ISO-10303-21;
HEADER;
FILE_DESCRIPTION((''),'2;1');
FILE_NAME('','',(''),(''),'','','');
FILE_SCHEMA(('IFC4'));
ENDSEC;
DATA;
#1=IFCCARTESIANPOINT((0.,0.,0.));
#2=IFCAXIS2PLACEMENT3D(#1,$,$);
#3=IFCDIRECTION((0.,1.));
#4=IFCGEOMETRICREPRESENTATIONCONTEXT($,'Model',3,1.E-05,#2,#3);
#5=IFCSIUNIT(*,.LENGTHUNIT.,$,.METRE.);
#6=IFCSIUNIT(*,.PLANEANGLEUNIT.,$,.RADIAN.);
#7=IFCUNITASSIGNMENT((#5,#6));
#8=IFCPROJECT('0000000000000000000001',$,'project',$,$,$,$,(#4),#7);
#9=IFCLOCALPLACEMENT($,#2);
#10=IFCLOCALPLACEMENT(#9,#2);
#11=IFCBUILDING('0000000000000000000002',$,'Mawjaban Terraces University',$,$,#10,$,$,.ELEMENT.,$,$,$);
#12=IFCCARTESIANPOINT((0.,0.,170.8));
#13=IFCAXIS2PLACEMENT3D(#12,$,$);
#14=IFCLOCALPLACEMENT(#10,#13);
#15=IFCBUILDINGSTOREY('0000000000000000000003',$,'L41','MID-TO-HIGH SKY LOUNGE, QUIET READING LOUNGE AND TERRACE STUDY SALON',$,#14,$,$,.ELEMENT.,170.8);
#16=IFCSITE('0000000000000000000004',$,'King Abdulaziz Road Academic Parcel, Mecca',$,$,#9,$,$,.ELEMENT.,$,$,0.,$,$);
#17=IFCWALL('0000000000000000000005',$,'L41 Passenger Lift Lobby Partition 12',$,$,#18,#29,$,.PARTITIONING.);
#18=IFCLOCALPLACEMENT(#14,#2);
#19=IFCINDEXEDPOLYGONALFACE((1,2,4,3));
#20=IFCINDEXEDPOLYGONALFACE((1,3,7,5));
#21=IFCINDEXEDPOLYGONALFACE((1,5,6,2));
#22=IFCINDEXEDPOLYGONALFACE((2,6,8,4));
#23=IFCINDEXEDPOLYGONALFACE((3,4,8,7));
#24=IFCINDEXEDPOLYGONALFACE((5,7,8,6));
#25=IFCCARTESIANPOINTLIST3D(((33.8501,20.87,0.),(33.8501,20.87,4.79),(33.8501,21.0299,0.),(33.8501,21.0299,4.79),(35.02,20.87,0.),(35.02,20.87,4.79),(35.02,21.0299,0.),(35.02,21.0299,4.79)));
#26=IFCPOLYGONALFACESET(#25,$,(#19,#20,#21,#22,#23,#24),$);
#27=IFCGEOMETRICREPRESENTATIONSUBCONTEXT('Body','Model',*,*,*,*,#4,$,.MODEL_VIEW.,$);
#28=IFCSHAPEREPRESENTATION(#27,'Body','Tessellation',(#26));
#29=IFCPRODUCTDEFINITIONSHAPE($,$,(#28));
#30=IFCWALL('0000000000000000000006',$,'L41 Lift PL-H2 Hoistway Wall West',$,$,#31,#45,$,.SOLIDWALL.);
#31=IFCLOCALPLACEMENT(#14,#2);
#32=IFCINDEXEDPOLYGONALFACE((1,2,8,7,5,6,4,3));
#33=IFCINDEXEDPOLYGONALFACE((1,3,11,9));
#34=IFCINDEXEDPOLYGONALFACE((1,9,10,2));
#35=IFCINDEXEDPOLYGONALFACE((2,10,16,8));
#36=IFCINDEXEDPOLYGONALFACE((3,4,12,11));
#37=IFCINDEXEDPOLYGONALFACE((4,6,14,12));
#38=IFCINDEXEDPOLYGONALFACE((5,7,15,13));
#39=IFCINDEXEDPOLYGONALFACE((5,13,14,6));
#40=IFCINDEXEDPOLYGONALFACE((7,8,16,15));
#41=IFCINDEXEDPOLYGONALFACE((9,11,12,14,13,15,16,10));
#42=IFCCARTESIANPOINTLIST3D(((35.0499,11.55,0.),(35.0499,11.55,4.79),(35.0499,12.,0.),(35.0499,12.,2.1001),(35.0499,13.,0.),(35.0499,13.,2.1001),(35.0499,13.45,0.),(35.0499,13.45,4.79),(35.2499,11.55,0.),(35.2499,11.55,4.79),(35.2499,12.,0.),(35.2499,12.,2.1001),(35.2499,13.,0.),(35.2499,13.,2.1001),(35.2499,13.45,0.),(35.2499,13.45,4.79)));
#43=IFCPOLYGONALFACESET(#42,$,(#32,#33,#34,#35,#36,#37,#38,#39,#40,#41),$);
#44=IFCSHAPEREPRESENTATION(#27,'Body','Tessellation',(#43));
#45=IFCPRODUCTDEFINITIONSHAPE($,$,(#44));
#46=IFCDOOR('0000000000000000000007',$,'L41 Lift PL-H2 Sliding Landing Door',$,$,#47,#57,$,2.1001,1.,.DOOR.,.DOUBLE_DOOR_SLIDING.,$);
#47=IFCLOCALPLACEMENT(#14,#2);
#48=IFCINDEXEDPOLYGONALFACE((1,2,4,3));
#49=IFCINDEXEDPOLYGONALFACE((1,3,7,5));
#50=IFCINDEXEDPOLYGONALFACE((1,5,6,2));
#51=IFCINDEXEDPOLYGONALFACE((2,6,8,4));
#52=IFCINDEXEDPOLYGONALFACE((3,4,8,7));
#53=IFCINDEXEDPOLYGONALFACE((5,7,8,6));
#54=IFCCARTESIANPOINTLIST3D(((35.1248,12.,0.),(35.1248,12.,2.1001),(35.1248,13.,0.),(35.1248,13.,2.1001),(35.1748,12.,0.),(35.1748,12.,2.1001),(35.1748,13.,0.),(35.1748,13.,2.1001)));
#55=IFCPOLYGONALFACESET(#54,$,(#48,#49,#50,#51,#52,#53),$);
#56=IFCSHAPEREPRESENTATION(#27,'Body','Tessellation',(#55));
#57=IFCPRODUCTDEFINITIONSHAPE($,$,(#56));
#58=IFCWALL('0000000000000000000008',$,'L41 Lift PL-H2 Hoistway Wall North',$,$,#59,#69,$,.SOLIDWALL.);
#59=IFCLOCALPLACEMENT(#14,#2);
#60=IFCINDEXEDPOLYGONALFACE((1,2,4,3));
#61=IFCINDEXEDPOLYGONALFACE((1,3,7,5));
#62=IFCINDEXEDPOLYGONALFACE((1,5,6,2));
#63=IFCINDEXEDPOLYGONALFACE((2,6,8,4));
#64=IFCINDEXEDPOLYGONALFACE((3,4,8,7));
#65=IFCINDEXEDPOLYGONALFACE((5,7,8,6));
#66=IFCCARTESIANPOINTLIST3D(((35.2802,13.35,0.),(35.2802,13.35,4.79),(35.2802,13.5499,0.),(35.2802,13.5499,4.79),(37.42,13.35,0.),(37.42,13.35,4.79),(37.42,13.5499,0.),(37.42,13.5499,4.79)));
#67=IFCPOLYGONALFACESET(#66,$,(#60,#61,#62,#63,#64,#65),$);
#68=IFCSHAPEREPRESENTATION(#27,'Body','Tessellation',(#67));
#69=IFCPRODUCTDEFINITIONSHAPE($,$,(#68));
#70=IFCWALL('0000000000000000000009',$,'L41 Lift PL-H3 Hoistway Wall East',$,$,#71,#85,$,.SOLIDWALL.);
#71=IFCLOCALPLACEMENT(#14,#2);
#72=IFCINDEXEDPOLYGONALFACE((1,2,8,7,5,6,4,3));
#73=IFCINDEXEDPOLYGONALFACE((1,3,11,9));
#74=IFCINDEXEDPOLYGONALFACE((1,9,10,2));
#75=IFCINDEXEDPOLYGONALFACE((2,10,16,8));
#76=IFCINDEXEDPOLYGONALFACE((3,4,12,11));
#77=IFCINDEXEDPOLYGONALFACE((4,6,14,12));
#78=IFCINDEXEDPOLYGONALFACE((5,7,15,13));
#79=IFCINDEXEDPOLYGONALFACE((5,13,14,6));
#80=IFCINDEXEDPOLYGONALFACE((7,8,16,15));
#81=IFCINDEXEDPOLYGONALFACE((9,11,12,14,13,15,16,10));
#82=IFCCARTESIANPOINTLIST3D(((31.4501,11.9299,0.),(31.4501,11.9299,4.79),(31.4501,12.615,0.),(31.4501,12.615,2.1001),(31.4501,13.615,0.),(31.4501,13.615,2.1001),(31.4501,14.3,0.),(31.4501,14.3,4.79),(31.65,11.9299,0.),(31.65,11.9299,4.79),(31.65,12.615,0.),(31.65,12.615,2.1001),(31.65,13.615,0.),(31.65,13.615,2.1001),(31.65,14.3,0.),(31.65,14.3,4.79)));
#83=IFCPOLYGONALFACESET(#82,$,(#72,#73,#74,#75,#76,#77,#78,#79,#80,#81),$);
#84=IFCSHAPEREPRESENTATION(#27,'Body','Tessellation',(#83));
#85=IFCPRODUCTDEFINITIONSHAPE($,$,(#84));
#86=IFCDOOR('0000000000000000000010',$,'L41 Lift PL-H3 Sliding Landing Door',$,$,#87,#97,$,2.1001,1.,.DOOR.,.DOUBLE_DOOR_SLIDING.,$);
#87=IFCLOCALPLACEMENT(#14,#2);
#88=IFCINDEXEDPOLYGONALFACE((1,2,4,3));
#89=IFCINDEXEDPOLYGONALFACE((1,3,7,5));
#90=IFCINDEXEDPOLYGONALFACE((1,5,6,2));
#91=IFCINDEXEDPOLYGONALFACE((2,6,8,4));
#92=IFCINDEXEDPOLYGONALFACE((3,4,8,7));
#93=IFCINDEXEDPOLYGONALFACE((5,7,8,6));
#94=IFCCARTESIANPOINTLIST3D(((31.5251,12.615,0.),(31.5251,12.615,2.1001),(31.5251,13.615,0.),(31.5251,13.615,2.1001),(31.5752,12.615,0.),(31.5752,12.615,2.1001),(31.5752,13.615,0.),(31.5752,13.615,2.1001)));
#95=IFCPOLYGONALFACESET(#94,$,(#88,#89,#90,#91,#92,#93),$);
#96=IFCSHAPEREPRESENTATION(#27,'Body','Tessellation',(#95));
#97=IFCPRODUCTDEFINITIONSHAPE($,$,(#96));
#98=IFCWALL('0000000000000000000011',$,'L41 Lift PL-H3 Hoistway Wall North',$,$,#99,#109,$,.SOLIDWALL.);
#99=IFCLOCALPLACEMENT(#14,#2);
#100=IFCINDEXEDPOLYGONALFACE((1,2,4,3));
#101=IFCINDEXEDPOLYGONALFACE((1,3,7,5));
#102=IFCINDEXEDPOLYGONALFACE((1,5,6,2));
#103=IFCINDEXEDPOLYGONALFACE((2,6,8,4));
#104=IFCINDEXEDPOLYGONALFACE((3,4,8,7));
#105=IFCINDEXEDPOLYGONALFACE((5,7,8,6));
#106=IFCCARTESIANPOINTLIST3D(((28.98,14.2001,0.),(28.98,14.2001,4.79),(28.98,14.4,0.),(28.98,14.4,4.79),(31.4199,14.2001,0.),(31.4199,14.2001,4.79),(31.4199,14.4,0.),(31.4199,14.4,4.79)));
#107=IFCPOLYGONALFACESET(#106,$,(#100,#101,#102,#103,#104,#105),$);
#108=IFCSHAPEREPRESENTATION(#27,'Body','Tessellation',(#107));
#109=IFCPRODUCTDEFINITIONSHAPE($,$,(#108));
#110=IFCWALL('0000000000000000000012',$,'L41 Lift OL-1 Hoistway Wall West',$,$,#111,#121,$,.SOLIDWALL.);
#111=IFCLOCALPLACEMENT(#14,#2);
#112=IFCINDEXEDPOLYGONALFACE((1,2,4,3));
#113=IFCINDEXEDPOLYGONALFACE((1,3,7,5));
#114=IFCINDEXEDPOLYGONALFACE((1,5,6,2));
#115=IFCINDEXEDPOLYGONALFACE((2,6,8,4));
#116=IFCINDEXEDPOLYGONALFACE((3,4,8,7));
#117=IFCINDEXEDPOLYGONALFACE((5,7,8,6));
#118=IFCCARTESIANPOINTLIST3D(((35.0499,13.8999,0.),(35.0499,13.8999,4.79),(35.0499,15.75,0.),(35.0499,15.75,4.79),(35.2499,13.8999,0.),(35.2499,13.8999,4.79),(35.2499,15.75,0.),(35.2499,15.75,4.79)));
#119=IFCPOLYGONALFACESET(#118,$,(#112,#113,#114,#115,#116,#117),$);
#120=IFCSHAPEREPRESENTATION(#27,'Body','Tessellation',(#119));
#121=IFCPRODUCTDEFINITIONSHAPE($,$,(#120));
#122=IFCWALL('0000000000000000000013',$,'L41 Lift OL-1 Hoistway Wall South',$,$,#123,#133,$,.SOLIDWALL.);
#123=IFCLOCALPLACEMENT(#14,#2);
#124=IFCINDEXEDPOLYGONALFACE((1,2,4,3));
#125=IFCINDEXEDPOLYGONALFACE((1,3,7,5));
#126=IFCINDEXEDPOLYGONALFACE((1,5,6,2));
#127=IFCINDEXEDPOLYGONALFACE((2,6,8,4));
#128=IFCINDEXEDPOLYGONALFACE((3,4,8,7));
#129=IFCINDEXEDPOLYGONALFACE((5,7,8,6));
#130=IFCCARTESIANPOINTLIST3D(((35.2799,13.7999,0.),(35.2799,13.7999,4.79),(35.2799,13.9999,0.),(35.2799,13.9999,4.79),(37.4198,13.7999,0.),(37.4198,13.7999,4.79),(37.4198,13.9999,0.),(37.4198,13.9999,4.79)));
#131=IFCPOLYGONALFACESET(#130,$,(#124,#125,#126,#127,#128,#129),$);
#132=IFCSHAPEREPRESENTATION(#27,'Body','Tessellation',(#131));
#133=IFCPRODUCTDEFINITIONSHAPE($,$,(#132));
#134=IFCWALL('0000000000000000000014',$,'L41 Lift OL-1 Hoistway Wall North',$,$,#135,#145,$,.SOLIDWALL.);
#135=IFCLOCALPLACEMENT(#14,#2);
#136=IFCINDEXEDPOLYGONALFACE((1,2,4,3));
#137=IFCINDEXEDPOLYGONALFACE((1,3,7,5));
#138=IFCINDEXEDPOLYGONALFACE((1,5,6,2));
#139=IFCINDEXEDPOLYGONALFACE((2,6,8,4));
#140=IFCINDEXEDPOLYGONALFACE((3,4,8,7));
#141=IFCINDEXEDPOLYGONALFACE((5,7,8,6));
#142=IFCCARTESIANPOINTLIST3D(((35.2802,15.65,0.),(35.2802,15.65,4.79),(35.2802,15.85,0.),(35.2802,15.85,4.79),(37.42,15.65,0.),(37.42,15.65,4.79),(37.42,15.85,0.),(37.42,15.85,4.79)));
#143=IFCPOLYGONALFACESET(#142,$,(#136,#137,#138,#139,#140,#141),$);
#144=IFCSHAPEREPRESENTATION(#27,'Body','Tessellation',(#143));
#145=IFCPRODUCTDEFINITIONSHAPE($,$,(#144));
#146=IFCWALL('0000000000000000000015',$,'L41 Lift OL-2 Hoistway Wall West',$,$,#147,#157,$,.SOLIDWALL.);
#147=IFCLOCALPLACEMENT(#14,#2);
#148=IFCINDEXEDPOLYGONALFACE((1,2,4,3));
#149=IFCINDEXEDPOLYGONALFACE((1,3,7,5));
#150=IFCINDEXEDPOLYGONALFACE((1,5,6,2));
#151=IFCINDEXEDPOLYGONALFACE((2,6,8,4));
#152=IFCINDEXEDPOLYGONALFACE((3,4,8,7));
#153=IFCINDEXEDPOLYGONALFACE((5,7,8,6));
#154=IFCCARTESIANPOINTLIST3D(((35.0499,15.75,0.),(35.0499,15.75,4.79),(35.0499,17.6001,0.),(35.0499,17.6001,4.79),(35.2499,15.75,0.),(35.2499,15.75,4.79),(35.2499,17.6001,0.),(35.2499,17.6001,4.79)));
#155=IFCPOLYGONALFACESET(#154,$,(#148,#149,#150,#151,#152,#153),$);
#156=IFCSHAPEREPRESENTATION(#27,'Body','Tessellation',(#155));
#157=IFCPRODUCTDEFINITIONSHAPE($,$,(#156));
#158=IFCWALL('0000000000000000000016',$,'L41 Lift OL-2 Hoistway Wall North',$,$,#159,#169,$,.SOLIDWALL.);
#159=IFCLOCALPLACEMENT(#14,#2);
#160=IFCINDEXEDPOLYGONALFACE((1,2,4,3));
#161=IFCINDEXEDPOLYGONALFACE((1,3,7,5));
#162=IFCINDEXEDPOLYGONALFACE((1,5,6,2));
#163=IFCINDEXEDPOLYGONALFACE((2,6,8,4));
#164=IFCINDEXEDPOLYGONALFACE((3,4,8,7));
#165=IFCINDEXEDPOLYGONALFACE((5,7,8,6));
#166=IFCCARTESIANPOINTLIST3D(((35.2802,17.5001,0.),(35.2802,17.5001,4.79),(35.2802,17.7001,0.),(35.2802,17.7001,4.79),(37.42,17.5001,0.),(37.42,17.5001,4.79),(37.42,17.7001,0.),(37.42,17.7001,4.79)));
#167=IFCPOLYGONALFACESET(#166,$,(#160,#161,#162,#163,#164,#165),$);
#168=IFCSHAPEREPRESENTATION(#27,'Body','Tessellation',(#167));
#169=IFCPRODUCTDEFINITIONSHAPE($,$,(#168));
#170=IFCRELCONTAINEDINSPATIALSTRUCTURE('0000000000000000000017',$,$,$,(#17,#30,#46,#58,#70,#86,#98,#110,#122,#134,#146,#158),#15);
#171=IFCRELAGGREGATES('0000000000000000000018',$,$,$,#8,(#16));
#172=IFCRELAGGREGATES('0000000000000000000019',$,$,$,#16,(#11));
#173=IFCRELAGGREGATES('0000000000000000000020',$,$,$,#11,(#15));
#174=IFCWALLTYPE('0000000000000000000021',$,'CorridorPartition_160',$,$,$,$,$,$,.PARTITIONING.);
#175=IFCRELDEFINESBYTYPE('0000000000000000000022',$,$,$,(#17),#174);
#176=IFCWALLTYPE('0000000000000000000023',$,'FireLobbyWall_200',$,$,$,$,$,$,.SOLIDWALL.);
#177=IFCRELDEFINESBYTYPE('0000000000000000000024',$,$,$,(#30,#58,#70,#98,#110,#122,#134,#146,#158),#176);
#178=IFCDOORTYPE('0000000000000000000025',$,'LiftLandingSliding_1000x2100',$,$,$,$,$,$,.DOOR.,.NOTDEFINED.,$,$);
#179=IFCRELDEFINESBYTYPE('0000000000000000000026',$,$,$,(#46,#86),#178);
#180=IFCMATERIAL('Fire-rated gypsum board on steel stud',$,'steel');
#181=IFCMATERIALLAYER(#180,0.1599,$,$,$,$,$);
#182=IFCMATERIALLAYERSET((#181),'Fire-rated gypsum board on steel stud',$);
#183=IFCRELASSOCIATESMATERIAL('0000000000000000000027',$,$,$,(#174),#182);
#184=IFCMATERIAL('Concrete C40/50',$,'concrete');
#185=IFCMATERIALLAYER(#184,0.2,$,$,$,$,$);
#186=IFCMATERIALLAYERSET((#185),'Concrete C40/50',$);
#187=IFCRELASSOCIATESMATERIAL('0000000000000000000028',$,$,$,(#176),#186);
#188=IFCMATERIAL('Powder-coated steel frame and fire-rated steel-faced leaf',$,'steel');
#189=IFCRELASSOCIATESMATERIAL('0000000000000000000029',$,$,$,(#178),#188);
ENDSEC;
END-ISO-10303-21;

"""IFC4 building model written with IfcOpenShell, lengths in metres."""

from ifc_helpers import new_model, si_unit, direction, frame, frame_2d, origin, place, context, subcontext, project, spatial, rectangle, extrude, material, layer, layer_set, type_object, element, fill, save


model = new_model("IFC4")

# Units and contexts
model_context = context("Model", 3, precision=1e-05, world=origin(), true_north=direction((0.0, 1.0)))
body_context = subcontext(model_context, "Body", "Model", "MODEL_VIEW")
ifc_project = project(units=[si_unit("LENGTHUNIT", "METRE"), si_unit("PLANEANGLEUNIT", "RADIAN")], contexts=[model_context])

# Site, building, storey
site_placement = place(None, origin())
site = spatial("IfcSite", under=ifc_project, at=site_placement, Name="King Abdulaziz Road Academic Parcel, Mecca", CompositionType="ELEMENT", RefElevation=0.0)
building_placement = place(site_placement, origin())
building = spatial("IfcBuilding", under=site, at=building_placement, Name="Mawjaban Terraces University", CompositionType="ELEMENT")
storey_placement = place(building_placement, frame((0.0, 0.0, 170.8)))
storey = spatial("IfcBuildingStorey", under=building, at=storey_placement, Name="L41", Description="MID-TO-HIGH SKY LOUNGE, QUIET READING LOUNGE AND TERRACE STUDY SALON", CompositionType="ELEMENT", Elevation=170.8)

# Wall
ifc_material_1 = material(Name="Fire-rated gypsum board on steel stud", Category="steel")
ifc_layer_1 = layer(ifc_material_1, 0.1599)
ifc_layer_set_1 = layer_set([ifc_layer_1], Name="Fire-rated gypsum board on steel stud")
wall_type_1 = type_object("IfcWallType", Name="CorridorPartition_160", PredefinedType="PARTITIONING", material=ifc_layer_set_1)
wall_1_placement = place(storey_placement, frame((35.02, 20.95, 0.0), z_axis=(0.0, 0.0, 1.0), x_axis=(-1.0, 0.0, 0.0)))
element("IfcWall", 1, at=wall_1_placement, inside=storey, type_object=wall_type_1, Name="L41 Passenger Lift Lobby Partition 12", PredefinedType="PARTITIONING", context=body_context, shape_type="SweptSolid", body=[
    extrude(rectangle(XDim=1.1699, YDim=0.1599, at=frame_2d((0.585, 0.0))), origin(), (0.0, 0.0, 1.0), 4.79),
])

# Wall, opening, door
ifc_material_2 = material(Name="Concrete C40/50", Category="concrete")
ifc_layer_2 = layer(ifc_material_2, 0.2)
ifc_layer_set_2 = layer_set([ifc_layer_2], Name="Concrete C40/50")
wall_type_2 = type_object("IfcWallType", Name="FireLobbyWall_200", PredefinedType="SOLIDWALL", material=ifc_layer_set_2)
wall_2_placement = place(storey_placement, frame((35.1499, 13.45, 0.0), z_axis=(0.0, 0.0, 1.0), x_axis=(0.0, -1.0, 0.0)))
wall_2 = element("IfcWall", 2, at=wall_2_placement, inside=storey, type_object=wall_type_2, Name="L41 Lift PL-H2 Hoistway Wall West", PredefinedType="SOLIDWALL", context=body_context, shape_type="SweptSolid", body=[
    extrude(rectangle(XDim=1.8999, YDim=0.2, at=frame_2d((0.95, 0.0))), origin(), (0.0, 0.0, 1.0), 4.79),
])
opening_1_placement = place(wall_2_placement, frame((0.45, 0.0, 0.0)))
opening_1 = element("IfcOpeningElement", 3, at=opening_1_placement, cuts=wall_2, PredefinedType="OPENING", context=body_context, shape_type="SweptSolid", body=[
    extrude(rectangle(XDim=1.0, YDim=2.1001, at=frame_2d((0.5, 1.05))), frame((0.0, 0.1099, 0.0), z_axis=(0.0, -1.0, 0.0), x_axis=(1.0, 0.0, 0.0)), (0.0, 0.0, 1.0), 0.22),
])
ifc_material_3 = material(Name="Powder-coated steel frame and fire-rated steel-faced leaf", Category="steel")
door_type_1 = type_object("IfcDoorType", Name="LiftLandingSliding_1000x2100", OperationType="NOTDEFINED", PredefinedType="DOOR", material=ifc_material_3)
door_1_placement = place(opening_1_placement, origin())
door_1 = element("IfcDoor", 4, at=door_1_placement, inside=storey, type_object=door_type_1, Name="L41 Lift PL-H2 Sliding Landing Door", OperationType="DOUBLE_DOOR_SLIDING", OverallHeight=2.1001, OverallWidth=1.0, PredefinedType="DOOR", context=body_context, shape_type="SweptSolid", body=[
    extrude(rectangle(XDim=1.0, YDim=2.1001, at=frame_2d((0.5, 1.05))), frame((0.0, 0.0249, 0.0), z_axis=(0.0, -1.0, 0.0), x_axis=(1.0, 0.0, 0.0)), (0.0, 0.0, 1.0), 0.05),
])
fill(opening_1, door_1)

# Wall
wall_3_placement = place(storey_placement, frame((37.4199, 13.45, 0.0), z_axis=(0.0, 0.0, 1.0), x_axis=(-1.0, 0.0, 0.0)))
element("IfcWall", 5, at=wall_3_placement, inside=storey, type_object=wall_type_2, Name="L41 Lift PL-H2 Hoistway Wall North", PredefinedType="SOLIDWALL", context=body_context, shape_type="SweptSolid", body=[
    extrude(rectangle(XDim=2.1399, YDim=0.2, at=frame_2d((1.0698, 0.0))), origin(), (0.0, 0.0, 1.0), 4.79),
])

# Wall, opening, door
wall_4_placement = place(storey_placement, frame((31.55, 11.9299, 0.0), z_axis=(0.0, 0.0, 1.0), x_axis=(0.0, 1.0, 0.0)))
wall_4 = element("IfcWall", 6, at=wall_4_placement, inside=storey, type_object=wall_type_2, Name="L41 Lift PL-H3 Hoistway Wall East", PredefinedType="SOLIDWALL", context=body_context, shape_type="SweptSolid", body=[
    extrude(rectangle(XDim=2.3701, YDim=0.2, at=frame_2d((1.1851, 0.0))), origin(), (0.0, 0.0, 1.0), 4.79),
])
opening_2_placement = place(wall_4_placement, frame((0.6851, 0.0, 0.0)))
opening_2 = element("IfcOpeningElement", 7, at=opening_2_placement, cuts=wall_4, PredefinedType="OPENING", context=body_context, shape_type="SweptSolid", body=[
    extrude(rectangle(XDim=1.0, YDim=2.1001, at=frame_2d((0.5, 1.05))), frame((0.0, 0.1099, 0.0), z_axis=(0.0, -1.0, 0.0), x_axis=(1.0, 0.0, 0.0)), (0.0, 0.0, 1.0), 0.22),
])
door_2_placement = place(opening_2_placement, origin())
door_2 = element("IfcDoor", 8, at=door_2_placement, inside=storey, type_object=door_type_1, Name="L41 Lift PL-H3 Sliding Landing Door", OperationType="DOUBLE_DOOR_SLIDING", OverallHeight=2.1001, OverallWidth=1.0, PredefinedType="DOOR", context=body_context, shape_type="SweptSolid", body=[
    extrude(rectangle(XDim=1.0, YDim=2.1001, at=frame_2d((0.5, 1.05))), frame((0.0, 0.0249, 0.0), z_axis=(0.0, -1.0, 0.0), x_axis=(1.0, 0.0, 0.0)), (0.0, 0.0, 1.0), 0.05),
])
fill(opening_2, door_2)

# Walls
wall_5_placement = place(storey_placement, frame((31.4199, 14.3, 0.0), z_axis=(0.0, 0.0, 1.0), x_axis=(-1.0, 0.0, 0.0)))
element("IfcWall", 9, at=wall_5_placement, inside=storey, type_object=wall_type_2, Name="L41 Lift PL-H3 Hoistway Wall North", PredefinedType="SOLIDWALL", context=body_context, shape_type="SweptSolid", body=[
    extrude(rectangle(XDim=2.4399, YDim=0.2, at=frame_2d((1.22, 0.0))), origin(), (0.0, 0.0, 1.0), 4.79),
])
wall_6_placement = place(storey_placement, frame((35.1499, 15.75, 0.0), z_axis=(0.0, 0.0, 1.0), x_axis=(0.0, -1.0, 0.0)))
element("IfcWall", 10, at=wall_6_placement, inside=storey, type_object=wall_type_2, Name="L41 Lift OL-1 Hoistway Wall West", PredefinedType="SOLIDWALL", context=body_context, shape_type="SweptSolid", body=[
    extrude(rectangle(XDim=1.8501, YDim=0.2, at=frame_2d((0.925, 0.0))), origin(), (0.0, 0.0, 1.0), 4.79),
])
for number, where, z_axis, x_axis, name in (
    (11, (35.28, 13.8999, 0.0), (0.0, 0.0, 1.0), (1.0, 0.0, 0.0), "L41 Lift OL-1 Hoistway Wall South"),
    (12, (37.4199, 15.75, 0.0), (0.0, 0.0, 1.0), (-1.0, 0.0, 0.0), "L41 Lift OL-1 Hoistway Wall North"),
):
    element("IfcWall", number, at=place(storey_placement, frame(where, z_axis=z_axis, x_axis=x_axis)), inside=storey, type_object=wall_type_2, Name=name, PredefinedType="SOLIDWALL", context=body_context, shape_type="SweptSolid", body=[
        extrude(rectangle(XDim=2.1399, YDim=0.2, at=frame_2d((1.0698, 0.0))), origin(), (0.0, 0.0, 1.0), 4.79),
    ])
wall_7_placement = place(storey_placement, frame((35.1499, 17.6001, 0.0), z_axis=(0.0, 0.0, 1.0), x_axis=(0.0, -1.0, 0.0)))
element("IfcWall", 13, at=wall_7_placement, inside=storey, type_object=wall_type_2, Name="L41 Lift OL-2 Hoistway Wall West", PredefinedType="SOLIDWALL", context=body_context, shape_type="SweptSolid", body=[
    extrude(rectangle(XDim=1.8501, YDim=0.2, at=frame_2d((0.925, 0.0))), origin(), (0.0, 0.0, 1.0), 4.79),
])
wall_8_placement = place(storey_placement, frame((37.4199, 17.6001, 0.0), z_axis=(0.0, 0.0, 1.0), x_axis=(-1.0, 0.0, 0.0)))
element("IfcWall", 14, at=wall_8_placement, inside=storey, type_object=wall_type_2, Name="L41 Lift OL-2 Hoistway Wall North", PredefinedType="SOLIDWALL", context=body_context, shape_type="SweptSolid", body=[
    extrude(rectangle(XDim=2.1399, YDim=0.2, at=frame_2d((1.0698, 0.0))), origin(), (0.0, 0.0, 1.0), 4.79),
])

save(model, "model.ifc")
